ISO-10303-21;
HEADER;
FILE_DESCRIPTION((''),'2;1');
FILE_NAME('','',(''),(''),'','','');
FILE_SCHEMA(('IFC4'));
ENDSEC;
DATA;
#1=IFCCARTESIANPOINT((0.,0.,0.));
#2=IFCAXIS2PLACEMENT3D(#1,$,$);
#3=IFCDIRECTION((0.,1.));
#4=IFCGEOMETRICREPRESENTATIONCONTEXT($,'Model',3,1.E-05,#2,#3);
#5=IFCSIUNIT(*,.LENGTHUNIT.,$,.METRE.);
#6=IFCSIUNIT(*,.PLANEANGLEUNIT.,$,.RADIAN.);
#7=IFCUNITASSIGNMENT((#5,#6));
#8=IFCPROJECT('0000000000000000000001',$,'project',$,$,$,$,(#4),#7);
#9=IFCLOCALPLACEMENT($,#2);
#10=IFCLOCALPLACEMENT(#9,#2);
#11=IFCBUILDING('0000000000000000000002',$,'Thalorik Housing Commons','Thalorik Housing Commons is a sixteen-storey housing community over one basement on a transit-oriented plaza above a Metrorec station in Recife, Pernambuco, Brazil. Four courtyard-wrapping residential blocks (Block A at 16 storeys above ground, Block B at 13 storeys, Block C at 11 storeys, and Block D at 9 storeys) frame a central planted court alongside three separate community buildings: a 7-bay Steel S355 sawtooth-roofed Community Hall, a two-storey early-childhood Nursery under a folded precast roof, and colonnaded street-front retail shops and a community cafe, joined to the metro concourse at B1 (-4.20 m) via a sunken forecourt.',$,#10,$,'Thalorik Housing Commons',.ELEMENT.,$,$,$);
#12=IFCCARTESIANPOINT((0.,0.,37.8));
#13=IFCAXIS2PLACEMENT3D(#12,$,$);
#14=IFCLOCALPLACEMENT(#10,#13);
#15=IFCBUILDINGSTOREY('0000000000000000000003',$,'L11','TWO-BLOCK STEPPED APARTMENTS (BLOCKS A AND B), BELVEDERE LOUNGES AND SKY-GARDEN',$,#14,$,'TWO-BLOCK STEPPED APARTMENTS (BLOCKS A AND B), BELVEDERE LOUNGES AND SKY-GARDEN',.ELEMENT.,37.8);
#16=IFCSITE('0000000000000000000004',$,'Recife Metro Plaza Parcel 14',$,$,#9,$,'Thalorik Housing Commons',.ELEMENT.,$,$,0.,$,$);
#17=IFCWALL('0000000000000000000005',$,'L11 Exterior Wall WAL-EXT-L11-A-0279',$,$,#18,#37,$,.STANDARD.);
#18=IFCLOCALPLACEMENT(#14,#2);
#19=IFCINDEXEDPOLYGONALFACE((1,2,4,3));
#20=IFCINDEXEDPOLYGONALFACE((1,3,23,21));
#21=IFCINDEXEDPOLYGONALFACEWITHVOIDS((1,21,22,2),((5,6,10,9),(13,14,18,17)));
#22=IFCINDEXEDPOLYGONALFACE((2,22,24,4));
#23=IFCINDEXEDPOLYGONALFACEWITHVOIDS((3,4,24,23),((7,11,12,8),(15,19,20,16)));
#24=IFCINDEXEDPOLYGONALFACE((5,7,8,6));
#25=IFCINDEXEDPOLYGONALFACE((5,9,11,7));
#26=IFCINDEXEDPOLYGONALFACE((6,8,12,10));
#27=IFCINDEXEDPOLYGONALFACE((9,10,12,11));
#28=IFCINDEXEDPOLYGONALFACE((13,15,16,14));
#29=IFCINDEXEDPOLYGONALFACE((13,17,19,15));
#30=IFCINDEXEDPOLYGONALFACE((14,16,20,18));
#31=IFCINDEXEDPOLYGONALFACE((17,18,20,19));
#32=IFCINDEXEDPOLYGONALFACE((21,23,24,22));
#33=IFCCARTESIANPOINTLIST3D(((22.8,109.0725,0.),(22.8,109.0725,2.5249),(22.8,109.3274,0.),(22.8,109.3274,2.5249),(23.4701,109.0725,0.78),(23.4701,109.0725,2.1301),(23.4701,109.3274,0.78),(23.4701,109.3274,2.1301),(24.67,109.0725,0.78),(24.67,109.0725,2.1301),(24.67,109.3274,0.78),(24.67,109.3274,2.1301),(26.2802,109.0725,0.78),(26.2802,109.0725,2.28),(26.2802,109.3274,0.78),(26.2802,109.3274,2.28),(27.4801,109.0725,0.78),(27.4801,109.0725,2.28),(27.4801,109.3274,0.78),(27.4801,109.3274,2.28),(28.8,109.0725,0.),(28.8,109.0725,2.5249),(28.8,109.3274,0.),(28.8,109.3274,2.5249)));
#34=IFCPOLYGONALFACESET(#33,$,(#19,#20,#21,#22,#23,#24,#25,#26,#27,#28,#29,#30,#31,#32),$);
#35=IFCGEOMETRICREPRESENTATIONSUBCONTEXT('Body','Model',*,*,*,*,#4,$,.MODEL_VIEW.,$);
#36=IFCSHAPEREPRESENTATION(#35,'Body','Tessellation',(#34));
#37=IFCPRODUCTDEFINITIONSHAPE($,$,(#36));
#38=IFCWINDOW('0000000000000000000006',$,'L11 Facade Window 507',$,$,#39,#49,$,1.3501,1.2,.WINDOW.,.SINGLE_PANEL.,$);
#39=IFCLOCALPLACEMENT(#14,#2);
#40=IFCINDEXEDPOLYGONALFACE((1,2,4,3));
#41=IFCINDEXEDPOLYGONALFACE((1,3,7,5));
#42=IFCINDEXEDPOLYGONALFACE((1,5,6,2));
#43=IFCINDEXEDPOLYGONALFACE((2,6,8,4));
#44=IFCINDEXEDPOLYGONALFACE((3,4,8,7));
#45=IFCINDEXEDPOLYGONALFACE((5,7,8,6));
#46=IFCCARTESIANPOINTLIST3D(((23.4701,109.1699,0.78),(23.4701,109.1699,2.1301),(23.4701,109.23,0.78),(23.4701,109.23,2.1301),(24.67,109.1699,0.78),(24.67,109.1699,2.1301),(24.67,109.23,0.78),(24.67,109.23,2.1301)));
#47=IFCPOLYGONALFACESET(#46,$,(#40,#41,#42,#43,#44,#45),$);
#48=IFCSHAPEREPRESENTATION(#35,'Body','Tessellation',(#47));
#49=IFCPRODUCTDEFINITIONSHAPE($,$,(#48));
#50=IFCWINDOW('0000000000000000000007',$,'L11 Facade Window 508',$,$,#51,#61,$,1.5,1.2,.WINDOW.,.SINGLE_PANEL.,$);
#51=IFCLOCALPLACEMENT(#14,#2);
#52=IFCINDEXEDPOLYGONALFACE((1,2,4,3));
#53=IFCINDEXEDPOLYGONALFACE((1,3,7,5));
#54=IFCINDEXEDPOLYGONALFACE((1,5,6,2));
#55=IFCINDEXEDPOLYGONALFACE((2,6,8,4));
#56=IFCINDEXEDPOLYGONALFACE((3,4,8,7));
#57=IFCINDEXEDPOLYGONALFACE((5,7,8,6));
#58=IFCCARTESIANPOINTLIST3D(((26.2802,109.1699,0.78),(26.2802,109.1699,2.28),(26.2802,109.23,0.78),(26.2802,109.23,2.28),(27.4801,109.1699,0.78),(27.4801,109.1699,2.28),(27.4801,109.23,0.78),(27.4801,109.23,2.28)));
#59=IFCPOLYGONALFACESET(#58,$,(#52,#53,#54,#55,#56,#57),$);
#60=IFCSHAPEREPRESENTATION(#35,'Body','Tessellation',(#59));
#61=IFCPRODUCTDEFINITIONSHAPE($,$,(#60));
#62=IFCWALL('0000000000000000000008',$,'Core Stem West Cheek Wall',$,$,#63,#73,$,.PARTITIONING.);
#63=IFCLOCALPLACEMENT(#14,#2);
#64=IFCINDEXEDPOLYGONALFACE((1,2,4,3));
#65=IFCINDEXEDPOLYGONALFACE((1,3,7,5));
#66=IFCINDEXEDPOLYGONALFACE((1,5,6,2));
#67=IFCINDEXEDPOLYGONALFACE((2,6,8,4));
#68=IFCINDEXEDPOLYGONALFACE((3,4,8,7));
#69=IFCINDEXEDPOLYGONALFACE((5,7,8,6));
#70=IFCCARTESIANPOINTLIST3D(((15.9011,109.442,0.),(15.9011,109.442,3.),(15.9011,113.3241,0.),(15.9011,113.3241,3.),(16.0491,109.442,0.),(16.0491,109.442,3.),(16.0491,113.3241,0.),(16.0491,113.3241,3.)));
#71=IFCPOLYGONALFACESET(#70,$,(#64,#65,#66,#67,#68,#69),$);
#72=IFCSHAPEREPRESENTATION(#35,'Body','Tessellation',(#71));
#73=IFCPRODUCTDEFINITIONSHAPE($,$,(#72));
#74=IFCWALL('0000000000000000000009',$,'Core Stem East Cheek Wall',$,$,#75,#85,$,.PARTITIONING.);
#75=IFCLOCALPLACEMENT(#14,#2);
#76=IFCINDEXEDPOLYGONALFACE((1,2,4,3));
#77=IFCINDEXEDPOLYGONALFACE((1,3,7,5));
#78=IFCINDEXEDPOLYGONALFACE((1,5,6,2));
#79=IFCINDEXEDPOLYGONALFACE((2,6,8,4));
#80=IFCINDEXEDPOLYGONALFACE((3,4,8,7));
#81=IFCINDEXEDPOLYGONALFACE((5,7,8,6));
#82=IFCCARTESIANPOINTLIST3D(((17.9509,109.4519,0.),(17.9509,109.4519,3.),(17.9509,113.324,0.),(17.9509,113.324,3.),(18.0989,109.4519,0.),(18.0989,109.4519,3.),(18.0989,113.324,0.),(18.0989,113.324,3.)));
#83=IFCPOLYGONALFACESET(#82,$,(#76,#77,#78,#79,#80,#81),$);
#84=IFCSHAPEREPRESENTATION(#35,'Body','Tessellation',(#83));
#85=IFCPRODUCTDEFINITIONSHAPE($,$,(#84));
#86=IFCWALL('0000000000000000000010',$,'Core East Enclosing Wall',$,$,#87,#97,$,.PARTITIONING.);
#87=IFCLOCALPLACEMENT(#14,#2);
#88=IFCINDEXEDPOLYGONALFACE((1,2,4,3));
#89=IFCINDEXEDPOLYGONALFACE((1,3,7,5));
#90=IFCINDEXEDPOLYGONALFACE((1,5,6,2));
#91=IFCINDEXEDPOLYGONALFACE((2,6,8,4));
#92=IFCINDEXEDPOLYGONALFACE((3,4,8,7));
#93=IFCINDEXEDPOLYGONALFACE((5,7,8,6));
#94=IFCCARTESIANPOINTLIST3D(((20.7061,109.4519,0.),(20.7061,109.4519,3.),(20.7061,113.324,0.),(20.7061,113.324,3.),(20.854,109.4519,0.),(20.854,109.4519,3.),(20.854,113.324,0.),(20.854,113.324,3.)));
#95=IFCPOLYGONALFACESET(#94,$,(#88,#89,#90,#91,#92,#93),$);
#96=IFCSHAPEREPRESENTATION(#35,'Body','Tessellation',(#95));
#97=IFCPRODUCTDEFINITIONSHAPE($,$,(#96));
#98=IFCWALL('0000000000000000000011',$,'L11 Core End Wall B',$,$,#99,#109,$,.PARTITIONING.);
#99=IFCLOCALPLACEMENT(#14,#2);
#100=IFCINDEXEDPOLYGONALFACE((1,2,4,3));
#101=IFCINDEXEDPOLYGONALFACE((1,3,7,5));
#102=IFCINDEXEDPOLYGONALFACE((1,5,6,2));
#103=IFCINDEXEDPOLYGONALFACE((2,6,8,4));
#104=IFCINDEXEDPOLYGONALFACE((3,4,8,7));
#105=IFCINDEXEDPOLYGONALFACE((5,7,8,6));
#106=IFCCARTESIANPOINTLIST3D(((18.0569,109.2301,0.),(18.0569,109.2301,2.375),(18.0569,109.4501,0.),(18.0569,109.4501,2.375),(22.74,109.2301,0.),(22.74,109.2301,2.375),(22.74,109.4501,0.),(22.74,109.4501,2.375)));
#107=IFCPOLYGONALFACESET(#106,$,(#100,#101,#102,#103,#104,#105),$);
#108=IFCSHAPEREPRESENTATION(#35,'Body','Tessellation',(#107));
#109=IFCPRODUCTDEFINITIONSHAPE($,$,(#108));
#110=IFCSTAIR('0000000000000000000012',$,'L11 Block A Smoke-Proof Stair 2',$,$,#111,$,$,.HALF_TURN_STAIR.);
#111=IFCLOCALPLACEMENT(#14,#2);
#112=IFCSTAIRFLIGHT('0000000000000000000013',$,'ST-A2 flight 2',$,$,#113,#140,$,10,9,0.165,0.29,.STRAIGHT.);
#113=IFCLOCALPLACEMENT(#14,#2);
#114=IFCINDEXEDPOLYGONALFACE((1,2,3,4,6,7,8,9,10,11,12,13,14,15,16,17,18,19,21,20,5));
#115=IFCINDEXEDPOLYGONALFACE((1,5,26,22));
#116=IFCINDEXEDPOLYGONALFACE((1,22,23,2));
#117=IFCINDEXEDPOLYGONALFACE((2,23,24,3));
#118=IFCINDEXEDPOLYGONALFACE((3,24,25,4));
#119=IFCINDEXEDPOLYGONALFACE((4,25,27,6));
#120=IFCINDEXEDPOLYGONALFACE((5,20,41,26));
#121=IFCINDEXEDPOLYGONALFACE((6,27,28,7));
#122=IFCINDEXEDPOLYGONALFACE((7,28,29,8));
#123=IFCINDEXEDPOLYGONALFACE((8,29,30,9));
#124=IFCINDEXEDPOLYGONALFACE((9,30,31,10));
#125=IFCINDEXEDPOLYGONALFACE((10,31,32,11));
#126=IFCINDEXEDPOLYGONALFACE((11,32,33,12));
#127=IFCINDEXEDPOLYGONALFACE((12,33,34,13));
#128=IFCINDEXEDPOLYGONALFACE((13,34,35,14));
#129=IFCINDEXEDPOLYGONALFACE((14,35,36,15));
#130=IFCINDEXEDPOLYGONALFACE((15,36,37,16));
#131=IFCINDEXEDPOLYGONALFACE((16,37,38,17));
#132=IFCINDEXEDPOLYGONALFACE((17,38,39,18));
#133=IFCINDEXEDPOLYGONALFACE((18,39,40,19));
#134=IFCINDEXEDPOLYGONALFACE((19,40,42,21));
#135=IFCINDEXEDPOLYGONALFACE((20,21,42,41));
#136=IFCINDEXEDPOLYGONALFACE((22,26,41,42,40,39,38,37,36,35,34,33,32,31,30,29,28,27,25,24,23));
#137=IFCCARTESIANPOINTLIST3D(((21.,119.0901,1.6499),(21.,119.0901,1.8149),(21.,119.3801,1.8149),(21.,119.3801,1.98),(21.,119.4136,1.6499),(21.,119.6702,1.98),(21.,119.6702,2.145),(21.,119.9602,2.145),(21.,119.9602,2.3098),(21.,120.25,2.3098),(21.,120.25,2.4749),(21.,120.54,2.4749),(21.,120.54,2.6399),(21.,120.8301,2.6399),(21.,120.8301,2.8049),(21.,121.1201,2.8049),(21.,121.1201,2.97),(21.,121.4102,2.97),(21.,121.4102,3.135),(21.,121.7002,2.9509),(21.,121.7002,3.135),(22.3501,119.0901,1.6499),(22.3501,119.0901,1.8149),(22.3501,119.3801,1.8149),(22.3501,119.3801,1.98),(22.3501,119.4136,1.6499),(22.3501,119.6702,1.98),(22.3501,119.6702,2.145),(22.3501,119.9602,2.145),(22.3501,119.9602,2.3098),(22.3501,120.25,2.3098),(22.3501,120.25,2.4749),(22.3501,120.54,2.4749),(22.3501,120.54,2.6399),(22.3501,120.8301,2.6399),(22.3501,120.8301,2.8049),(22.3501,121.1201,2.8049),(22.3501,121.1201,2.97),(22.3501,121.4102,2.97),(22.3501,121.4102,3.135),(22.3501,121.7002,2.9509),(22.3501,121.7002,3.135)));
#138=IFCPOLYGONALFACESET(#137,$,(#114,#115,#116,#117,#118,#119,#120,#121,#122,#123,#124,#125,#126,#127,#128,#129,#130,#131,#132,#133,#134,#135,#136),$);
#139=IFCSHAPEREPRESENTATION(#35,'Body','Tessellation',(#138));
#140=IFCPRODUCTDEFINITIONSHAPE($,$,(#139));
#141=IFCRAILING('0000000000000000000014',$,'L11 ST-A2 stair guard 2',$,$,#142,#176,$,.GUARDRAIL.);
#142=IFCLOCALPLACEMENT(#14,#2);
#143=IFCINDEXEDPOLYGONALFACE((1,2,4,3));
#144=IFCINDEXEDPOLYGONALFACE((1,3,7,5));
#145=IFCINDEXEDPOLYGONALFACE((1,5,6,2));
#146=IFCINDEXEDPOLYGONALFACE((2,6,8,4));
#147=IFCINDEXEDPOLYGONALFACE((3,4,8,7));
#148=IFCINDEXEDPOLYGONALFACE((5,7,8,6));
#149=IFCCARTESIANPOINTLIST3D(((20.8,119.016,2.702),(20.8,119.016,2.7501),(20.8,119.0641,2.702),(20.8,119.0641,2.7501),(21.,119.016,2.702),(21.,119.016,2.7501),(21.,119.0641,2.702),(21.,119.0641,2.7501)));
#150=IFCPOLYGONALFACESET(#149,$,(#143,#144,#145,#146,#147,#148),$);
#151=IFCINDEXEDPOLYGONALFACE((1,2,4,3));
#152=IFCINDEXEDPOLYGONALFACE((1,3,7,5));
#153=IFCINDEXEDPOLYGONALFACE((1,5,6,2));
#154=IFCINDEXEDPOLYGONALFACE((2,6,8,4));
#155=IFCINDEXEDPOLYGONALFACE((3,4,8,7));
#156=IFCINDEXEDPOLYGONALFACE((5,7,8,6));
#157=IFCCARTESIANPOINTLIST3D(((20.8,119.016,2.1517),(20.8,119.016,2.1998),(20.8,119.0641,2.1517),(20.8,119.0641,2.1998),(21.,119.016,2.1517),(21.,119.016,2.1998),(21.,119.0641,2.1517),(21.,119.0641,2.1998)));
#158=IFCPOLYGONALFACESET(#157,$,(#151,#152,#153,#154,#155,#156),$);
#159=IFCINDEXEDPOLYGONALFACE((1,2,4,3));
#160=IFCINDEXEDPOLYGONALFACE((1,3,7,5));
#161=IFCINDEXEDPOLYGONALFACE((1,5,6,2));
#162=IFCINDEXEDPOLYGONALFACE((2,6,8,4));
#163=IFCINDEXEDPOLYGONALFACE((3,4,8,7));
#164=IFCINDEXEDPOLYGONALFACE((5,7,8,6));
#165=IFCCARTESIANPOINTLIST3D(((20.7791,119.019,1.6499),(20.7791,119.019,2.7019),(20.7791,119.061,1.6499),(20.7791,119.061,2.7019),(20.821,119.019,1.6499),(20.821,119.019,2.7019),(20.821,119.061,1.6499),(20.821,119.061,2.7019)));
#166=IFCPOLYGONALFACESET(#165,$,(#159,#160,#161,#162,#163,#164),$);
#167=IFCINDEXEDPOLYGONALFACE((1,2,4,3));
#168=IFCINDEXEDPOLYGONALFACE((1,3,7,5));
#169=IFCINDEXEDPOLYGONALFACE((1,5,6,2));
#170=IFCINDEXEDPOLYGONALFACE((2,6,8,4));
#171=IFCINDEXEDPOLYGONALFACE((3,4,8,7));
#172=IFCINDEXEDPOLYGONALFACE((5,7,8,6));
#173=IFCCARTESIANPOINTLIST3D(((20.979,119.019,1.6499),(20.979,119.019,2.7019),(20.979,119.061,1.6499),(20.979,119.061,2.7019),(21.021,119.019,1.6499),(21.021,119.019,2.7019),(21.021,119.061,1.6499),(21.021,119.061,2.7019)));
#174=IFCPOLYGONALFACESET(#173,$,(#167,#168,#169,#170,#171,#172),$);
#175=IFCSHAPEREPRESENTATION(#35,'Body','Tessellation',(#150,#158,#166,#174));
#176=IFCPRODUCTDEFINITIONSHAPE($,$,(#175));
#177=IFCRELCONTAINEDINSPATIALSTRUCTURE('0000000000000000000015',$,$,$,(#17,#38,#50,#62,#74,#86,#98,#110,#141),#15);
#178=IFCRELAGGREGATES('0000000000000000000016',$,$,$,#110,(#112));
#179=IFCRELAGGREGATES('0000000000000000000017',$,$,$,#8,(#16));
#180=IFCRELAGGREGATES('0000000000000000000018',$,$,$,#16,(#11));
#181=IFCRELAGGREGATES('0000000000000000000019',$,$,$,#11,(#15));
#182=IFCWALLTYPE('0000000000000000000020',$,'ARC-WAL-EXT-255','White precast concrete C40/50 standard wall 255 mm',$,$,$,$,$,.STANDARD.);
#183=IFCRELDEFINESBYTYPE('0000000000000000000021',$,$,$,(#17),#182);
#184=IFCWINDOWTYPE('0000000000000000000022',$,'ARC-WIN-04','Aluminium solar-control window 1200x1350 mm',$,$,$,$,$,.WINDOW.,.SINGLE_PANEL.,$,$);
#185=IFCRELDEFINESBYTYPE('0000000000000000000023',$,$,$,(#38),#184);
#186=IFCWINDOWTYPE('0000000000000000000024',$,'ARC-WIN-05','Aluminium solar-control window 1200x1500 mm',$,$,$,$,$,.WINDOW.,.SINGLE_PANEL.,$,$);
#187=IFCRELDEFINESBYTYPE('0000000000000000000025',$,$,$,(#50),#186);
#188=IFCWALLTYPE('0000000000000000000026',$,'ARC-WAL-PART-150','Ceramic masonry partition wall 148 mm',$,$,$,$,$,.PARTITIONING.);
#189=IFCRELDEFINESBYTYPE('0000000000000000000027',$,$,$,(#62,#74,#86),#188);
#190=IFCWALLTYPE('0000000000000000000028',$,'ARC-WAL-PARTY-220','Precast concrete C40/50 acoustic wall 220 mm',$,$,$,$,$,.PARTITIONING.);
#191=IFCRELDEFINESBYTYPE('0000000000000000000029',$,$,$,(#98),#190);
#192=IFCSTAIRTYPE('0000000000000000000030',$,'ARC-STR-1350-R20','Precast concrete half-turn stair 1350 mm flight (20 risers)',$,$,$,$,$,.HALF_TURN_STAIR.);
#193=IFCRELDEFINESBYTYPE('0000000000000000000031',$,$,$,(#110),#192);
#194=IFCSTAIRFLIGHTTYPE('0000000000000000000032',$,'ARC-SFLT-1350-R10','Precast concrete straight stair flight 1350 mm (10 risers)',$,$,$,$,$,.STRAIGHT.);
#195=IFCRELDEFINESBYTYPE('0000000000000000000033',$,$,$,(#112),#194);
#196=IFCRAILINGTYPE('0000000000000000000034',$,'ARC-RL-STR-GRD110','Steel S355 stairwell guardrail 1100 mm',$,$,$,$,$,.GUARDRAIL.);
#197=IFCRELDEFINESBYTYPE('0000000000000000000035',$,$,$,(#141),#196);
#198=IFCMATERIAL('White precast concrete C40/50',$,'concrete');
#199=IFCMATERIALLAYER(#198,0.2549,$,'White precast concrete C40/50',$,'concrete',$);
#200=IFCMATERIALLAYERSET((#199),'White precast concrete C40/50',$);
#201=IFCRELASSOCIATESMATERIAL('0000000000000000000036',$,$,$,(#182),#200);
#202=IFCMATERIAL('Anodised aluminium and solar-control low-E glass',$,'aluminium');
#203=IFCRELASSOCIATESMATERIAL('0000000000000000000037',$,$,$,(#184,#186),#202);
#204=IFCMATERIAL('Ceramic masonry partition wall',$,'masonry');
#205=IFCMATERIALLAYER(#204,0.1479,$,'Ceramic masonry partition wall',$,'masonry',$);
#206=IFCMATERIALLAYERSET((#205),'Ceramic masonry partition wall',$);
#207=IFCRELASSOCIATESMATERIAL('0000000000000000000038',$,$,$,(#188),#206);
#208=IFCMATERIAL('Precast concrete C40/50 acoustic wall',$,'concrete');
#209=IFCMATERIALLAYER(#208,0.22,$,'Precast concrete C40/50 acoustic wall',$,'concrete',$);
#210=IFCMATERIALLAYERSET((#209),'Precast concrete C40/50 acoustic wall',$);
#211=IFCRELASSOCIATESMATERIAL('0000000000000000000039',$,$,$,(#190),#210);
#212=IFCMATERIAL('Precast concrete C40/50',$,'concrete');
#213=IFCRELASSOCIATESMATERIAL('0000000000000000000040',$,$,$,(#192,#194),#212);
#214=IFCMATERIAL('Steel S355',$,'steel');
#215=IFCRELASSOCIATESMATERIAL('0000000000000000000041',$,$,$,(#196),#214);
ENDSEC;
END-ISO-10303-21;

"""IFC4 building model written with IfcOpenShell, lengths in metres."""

from ifc_helpers import new_model, si_unit, direction, frame, frame_2d, origin, origin_2d, place, context, subcontext, project, spatial, polyline, rectangle, outline, extrude, material, layer, layer_set, type_object, element, fill, aggregate, save


model = new_model("IFC4")

# Units and contexts
model_context = context("Model", 3, precision=1e-05, world=origin(), true_north=direction((0.0, 1.0)))
body_context = subcontext(model_context, "Body", "Model", "MODEL_VIEW")
ifc_project = project(units=[si_unit("LENGTHUNIT", "METRE"), si_unit("PLANEANGLEUNIT", "RADIAN")], contexts=[model_context])

# Site, building, storey
site_placement = place(None, origin())
site = spatial("IfcSite", under=ifc_project, at=site_placement, Name="Recife Metro Plaza Parcel 14", LongName="Thalorik Housing Commons", CompositionType="ELEMENT", RefElevation=0.0)
building_placement = place(site_placement, origin())
building = spatial("IfcBuilding", under=site, at=building_placement, Name="Thalorik Housing Commons", Description="Thalorik Housing Commons is a sixteen-storey housing community over one basement on a transit-oriented plaza above a Metrorec station in Recife, Pernambuco, Brazil. Four courtyard-wrapping residential blocks (Block A at 16 storeys above ground, Block B at 13 storeys, Block C at 11 storeys, and Block D at 9 storeys) frame a central planted court alongside three separate community buildings: a 7-bay Steel S355 sawtooth-roofed Community Hall, a two-storey early-childhood Nursery under a folded precast roof, and colonnaded street-front retail shops and a community cafe, joined to the metro concourse at B1 (-4.20 m) via a sunken forecourt.", LongName="Thalorik Housing Commons", CompositionType="ELEMENT")
storey_placement = place(building_placement, frame((0.0, 0.0, 37.8)))
storey = spatial("IfcBuildingStorey", under=building, at=storey_placement, Name="L11", Description="TWO-BLOCK STEPPED APARTMENTS (BLOCKS A AND B), BELVEDERE LOUNGES AND SKY-GARDEN", LongName="TWO-BLOCK STEPPED APARTMENTS (BLOCKS A AND B), BELVEDERE LOUNGES AND SKY-GARDEN", CompositionType="ELEMENT", Elevation=37.8)

# Shared definitions
ifc_material_1 = material(Name="Precast concrete C40/50", Category="concrete")

# Shared definitions
ifc_material_2 = material(Name="Steel S355", Category="steel")

# Wall, openings, windows
ifc_material_3 = material(Name="White precast concrete C40/50", Category="concrete")
ifc_layer_1 = layer(ifc_material_3, 0.2549, Name="White precast concrete C40/50", Category="concrete")
ifc_layer_set_1 = layer_set([ifc_layer_1], Name="White precast concrete C40/50")
wall_type_1 = type_object("IfcWallType", Name="ARC-WAL-EXT-255", Description="White precast concrete C40/50 standard wall 255 mm", PredefinedType="STANDARD", material=ifc_layer_set_1)
wall_1_placement = place(storey_placement, frame((22.8, 109.2, 0.0), z_axis=(0.0, 0.0, 1.0), x_axis=(1.0, 0.0, 0.0)))
wall_1 = element("IfcWall", 1, at=wall_1_placement, inside=storey, type_object=wall_type_1, Name="L11 Exterior Wall WAL-EXT-L11-A-0279", PredefinedType="STANDARD", context=body_context, shape_type="SweptSolid", body=[
    extrude(rectangle(XDim=6.0, YDim=0.2549, at=frame_2d((3.0, 0.0))), origin(), (0.0, 0.0, 1.0), 2.5249),
])
opening_1_placement = place(wall_1_placement, frame((0.6699, 0.0, 0.78)))
opening_1 = element("IfcOpeningElement", 2, at=opening_1_placement, cuts=wall_1, PredefinedType="OPENING", context=body_context, shape_type="SweptSolid", body=[
    extrude(rectangle(XDim=1.2, YDim=1.3501, at=frame_2d((0.6001, 0.675))), frame((0.0, 0.1375, 0.0), z_axis=(0.0, -1.0, 0.0), x_axis=(1.0, 0.0, 0.0)), (0.0, 0.0, 1.0), 0.2749),
])
opening_2_placement = place(wall_1_placement, frame((3.48, 0.0, 0.78)))
opening_2 = element("IfcOpeningElement", 3, at=opening_2_placement, cuts=wall_1, PredefinedType="OPENING", context=body_context, shape_type="SweptSolid", body=[
    extrude(rectangle(XDim=1.2, YDim=1.5, at=frame_2d((0.6001, 0.75))), frame((0.0, 0.1375, 0.0), z_axis=(0.0, -1.0, 0.0), x_axis=(1.0, 0.0, 0.0)), (0.0, 0.0, 1.0), 0.2749),
])
ifc_material_4 = material(Name="Anodised aluminium and solar-control low-E glass", Category="aluminium")
window_type_1 = type_object("IfcWindowType", Name="ARC-WIN-04", Description="Aluminium solar-control window 1200x1350 mm", PartitioningType="SINGLE_PANEL", PredefinedType="WINDOW", material=ifc_material_4)
window_1_placement = place(opening_1_placement, origin())
window_1 = element("IfcWindow", 4, at=window_1_placement, inside=storey, type_object=window_type_1, Name="L11 Facade Window 507", OverallHeight=1.3501, OverallWidth=1.2, PartitioningType="SINGLE_PANEL", PredefinedType="WINDOW", context=body_context, shape_type="SweptSolid", body=[
    extrude(rectangle(XDim=1.2, YDim=1.3501, at=frame_2d((0.6001, 0.675))), frame((0.0, 0.03, 0.0), z_axis=(0.0, -1.0, 0.0), x_axis=(1.0, 0.0, 0.0)), (0.0, 0.0, 1.0), 0.0601),
])
fill(opening_1, window_1)
window_type_2 = type_object("IfcWindowType", Name="ARC-WIN-05", Description="Aluminium solar-control window 1200x1500 mm", PartitioningType="SINGLE_PANEL", PredefinedType="WINDOW", material=ifc_material_4)
window_2_placement = place(opening_2_placement, origin())
window_2 = element("IfcWindow", 5, at=window_2_placement, inside=storey, type_object=window_type_2, Name="L11 Facade Window 508", OverallHeight=1.5, OverallWidth=1.2, PartitioningType="SINGLE_PANEL", PredefinedType="WINDOW", context=body_context, shape_type="SweptSolid", body=[
    extrude(rectangle(XDim=1.2, YDim=1.5, at=frame_2d((0.6001, 0.75))), frame((0.0, 0.03, 0.0), z_axis=(0.0, -1.0, 0.0), x_axis=(1.0, 0.0, 0.0)), (0.0, 0.0, 1.0), 0.0601),
])
fill(opening_2, window_2)

# Walls
ifc_material_5 = material(Name="Ceramic masonry partition wall", Category="masonry")
ifc_layer_2 = layer(ifc_material_5, 0.1479, Name="Ceramic masonry partition wall", Category="masonry")
ifc_layer_set_2 = layer_set([ifc_layer_2], Name="Ceramic masonry partition wall")
wall_type_2 = type_object("IfcWallType", Name="ARC-WAL-PART-150", Description="Ceramic masonry partition wall 148 mm", PredefinedType="PARTITIONING", material=ifc_layer_set_2)
wall_2_placement = place(storey_placement, frame((15.9751, 113.324, 0.0), z_axis=(0.0, 0.0, 1.0), x_axis=(0.0, -1.0, 0.0)))
element("IfcWall", 6, at=wall_2_placement, inside=storey, type_object=wall_type_2, Name="Core Stem West Cheek Wall", PredefinedType="PARTITIONING", context=body_context, shape_type="SweptSolid", body=[
    extrude(rectangle(XDim=3.8821, YDim=0.1479, at=frame_2d((1.9409, 0.0))), origin(), (0.0, 0.0, 1.0), 3.0),
])
for number, where, z_axis, x_axis, name in (
    (7, (18.0249, 113.324, 0.0), (0.0, 0.0, 1.0), (0.0, -1.0, 0.0), "Core Stem East Cheek Wall"),
    (8, (20.78, 113.324, 0.0), (0.0, 0.0, 1.0), (0.0, -1.0, 0.0), "Core East Enclosing Wall"),
):
    element("IfcWall", number, at=place(storey_placement, frame(where, z_axis=z_axis, x_axis=x_axis)), inside=storey, type_object=wall_type_2, Name=name, PredefinedType="PARTITIONING", context=body_context, shape_type="SweptSolid", body=[
        extrude(rectangle(XDim=3.8721, YDim=0.1479, at=frame_2d((1.936, 0.0))), origin(), (0.0, 0.0, 1.0), 3.0),
    ])

# Wall
ifc_material_6 = material(Name="Precast concrete C40/50 acoustic wall", Category="concrete")
ifc_layer_3 = layer(ifc_material_6, 0.22, Name="Precast concrete C40/50 acoustic wall", Category="concrete")
ifc_layer_set_3 = layer_set([ifc_layer_3], Name="Precast concrete C40/50 acoustic wall")
wall_type_3 = type_object("IfcWallType", Name="ARC-WAL-PARTY-220", Description="Precast concrete C40/50 acoustic wall 220 mm", PredefinedType="PARTITIONING", material=ifc_layer_set_3)
wall_3_placement = place(storey_placement, frame((18.0569, 109.3401, 0.0), z_axis=(0.0, 0.0, 1.0), x_axis=(1.0, 0.0, 0.0)))
element("IfcWall", 9, at=wall_3_placement, inside=storey, type_object=wall_type_3, Name="L11 Core End Wall B", PredefinedType="PARTITIONING", context=body_context, shape_type="SweptSolid", body=[
    extrude(rectangle(XDim=4.6831, YDim=0.22, at=frame_2d((2.3416, 0.0))), origin(), (0.0, 0.0, 1.0), 2.375),
])

# Stair, stair flight
stair_type = type_object("IfcStairType", Name="ARC-STR-1350-R20", Description="Precast concrete half-turn stair 1350 mm flight (20 risers)", PredefinedType="HALF_TURN_STAIR", material=ifc_material_1)
stair_placement = place(storey_placement, origin())
stair = element("IfcStair", 10, at=stair_placement, inside=storey, type_object=stair_type, Name="L11 Block A Smoke-Proof Stair 2", PredefinedType="HALF_TURN_STAIR")
stair_flight_type = type_object("IfcStairFlightType", Name="ARC-SFLT-1350-R10", Description="Precast concrete straight stair flight 1350 mm (10 risers)", PredefinedType="STRAIGHT", material=ifc_material_1)
stair_flight_placement = place(storey_placement, frame((21.675, 119.0901, 1.6499), z_axis=(0.0, 0.0, 1.0), x_axis=(0.0, 1.0, 0.0)))
stair_flight = element("IfcStairFlight", 11, at=stair_flight_placement, type_object=stair_flight_type, Name="ST-A2 flight 2", NumberOfRisers=10, NumberOfTreads=9, PredefinedType="STRAIGHT", RiserHeight=0.165, TreadLength=0.29, context=body_context, shape_type="SweptSolid", body=[
    extrude(outline(polyline([(0.0, 0.0), (0.0, 0.165), (0.29, 0.165), (0.29, 0.3301), (0.5801, 0.3301), (0.5801, 0.4951), (0.8701, 0.4951), (0.8701, 0.6599), (1.1599, 0.6599), (1.1599, 0.825), (1.45, 0.825), (1.45, 0.99), (1.74, 0.99), (1.74, 1.155), (2.03, 1.155), (2.03, 1.3201), (2.3201, 1.3201), (2.3201, 1.4851), (2.6101, 1.4851), (2.6101, 1.6499), (2.6101, 1.301), (0.3235, 0.0), (0.0, 0.0)])), frame((0.0, 0.675, 0.0), z_axis=(0.0, -1.0, 0.0), x_axis=(1.0, 0.0, 0.0)), (0.0, 0.0, 1.0), 1.3501),
])
aggregate(stair, [stair_flight])

# Railing
railing_type_1 = type_object("IfcRailingType", Name="ARC-RL-STR-GRD110", Description="Steel S355 stairwell guardrail 1100 mm", PredefinedType="GUARDRAIL", material=ifc_material_2)
railing_1_placement = place(storey_placement, frame((20.8, 119.04, 1.6499)))
element("IfcRailing", 12, at=railing_1_placement, inside=storey, type_object=railing_type_1, Name="L11 ST-A2 stair guard 2", PredefinedType="GUARDRAIL", context=body_context, shape_type="SweptSolid", body=[
    extrude(rectangle(XDim=0.0481, YDim=0.0481, at=origin_2d()), frame((0.0, 0.0, 1.0762), z_axis=(1.0, 0.0, 0.0), x_axis=(0.0, 1.0, 0.0)), (0.0, 0.0, 1.0), 0.2),
    extrude(rectangle(XDim=0.0481, YDim=0.0481, at=origin_2d()), frame((0.0, 0.0, 0.5259), z_axis=(1.0, 0.0, 0.0), x_axis=(0.0, 1.0, 0.0)), (0.0, 0.0, 1.0), 0.2),
    extrude(rectangle(XDim=0.042, YDim=0.042, at=origin_2d()), origin(), (0.0, 0.0, 1.0), 1.052),
    extrude(rectangle(XDim=0.042, YDim=0.042, at=origin_2d()), frame((0.2, 0.0, 0.0)), (0.0, 0.0, 1.0), 1.052),
])

save(model, "model.ifc")
